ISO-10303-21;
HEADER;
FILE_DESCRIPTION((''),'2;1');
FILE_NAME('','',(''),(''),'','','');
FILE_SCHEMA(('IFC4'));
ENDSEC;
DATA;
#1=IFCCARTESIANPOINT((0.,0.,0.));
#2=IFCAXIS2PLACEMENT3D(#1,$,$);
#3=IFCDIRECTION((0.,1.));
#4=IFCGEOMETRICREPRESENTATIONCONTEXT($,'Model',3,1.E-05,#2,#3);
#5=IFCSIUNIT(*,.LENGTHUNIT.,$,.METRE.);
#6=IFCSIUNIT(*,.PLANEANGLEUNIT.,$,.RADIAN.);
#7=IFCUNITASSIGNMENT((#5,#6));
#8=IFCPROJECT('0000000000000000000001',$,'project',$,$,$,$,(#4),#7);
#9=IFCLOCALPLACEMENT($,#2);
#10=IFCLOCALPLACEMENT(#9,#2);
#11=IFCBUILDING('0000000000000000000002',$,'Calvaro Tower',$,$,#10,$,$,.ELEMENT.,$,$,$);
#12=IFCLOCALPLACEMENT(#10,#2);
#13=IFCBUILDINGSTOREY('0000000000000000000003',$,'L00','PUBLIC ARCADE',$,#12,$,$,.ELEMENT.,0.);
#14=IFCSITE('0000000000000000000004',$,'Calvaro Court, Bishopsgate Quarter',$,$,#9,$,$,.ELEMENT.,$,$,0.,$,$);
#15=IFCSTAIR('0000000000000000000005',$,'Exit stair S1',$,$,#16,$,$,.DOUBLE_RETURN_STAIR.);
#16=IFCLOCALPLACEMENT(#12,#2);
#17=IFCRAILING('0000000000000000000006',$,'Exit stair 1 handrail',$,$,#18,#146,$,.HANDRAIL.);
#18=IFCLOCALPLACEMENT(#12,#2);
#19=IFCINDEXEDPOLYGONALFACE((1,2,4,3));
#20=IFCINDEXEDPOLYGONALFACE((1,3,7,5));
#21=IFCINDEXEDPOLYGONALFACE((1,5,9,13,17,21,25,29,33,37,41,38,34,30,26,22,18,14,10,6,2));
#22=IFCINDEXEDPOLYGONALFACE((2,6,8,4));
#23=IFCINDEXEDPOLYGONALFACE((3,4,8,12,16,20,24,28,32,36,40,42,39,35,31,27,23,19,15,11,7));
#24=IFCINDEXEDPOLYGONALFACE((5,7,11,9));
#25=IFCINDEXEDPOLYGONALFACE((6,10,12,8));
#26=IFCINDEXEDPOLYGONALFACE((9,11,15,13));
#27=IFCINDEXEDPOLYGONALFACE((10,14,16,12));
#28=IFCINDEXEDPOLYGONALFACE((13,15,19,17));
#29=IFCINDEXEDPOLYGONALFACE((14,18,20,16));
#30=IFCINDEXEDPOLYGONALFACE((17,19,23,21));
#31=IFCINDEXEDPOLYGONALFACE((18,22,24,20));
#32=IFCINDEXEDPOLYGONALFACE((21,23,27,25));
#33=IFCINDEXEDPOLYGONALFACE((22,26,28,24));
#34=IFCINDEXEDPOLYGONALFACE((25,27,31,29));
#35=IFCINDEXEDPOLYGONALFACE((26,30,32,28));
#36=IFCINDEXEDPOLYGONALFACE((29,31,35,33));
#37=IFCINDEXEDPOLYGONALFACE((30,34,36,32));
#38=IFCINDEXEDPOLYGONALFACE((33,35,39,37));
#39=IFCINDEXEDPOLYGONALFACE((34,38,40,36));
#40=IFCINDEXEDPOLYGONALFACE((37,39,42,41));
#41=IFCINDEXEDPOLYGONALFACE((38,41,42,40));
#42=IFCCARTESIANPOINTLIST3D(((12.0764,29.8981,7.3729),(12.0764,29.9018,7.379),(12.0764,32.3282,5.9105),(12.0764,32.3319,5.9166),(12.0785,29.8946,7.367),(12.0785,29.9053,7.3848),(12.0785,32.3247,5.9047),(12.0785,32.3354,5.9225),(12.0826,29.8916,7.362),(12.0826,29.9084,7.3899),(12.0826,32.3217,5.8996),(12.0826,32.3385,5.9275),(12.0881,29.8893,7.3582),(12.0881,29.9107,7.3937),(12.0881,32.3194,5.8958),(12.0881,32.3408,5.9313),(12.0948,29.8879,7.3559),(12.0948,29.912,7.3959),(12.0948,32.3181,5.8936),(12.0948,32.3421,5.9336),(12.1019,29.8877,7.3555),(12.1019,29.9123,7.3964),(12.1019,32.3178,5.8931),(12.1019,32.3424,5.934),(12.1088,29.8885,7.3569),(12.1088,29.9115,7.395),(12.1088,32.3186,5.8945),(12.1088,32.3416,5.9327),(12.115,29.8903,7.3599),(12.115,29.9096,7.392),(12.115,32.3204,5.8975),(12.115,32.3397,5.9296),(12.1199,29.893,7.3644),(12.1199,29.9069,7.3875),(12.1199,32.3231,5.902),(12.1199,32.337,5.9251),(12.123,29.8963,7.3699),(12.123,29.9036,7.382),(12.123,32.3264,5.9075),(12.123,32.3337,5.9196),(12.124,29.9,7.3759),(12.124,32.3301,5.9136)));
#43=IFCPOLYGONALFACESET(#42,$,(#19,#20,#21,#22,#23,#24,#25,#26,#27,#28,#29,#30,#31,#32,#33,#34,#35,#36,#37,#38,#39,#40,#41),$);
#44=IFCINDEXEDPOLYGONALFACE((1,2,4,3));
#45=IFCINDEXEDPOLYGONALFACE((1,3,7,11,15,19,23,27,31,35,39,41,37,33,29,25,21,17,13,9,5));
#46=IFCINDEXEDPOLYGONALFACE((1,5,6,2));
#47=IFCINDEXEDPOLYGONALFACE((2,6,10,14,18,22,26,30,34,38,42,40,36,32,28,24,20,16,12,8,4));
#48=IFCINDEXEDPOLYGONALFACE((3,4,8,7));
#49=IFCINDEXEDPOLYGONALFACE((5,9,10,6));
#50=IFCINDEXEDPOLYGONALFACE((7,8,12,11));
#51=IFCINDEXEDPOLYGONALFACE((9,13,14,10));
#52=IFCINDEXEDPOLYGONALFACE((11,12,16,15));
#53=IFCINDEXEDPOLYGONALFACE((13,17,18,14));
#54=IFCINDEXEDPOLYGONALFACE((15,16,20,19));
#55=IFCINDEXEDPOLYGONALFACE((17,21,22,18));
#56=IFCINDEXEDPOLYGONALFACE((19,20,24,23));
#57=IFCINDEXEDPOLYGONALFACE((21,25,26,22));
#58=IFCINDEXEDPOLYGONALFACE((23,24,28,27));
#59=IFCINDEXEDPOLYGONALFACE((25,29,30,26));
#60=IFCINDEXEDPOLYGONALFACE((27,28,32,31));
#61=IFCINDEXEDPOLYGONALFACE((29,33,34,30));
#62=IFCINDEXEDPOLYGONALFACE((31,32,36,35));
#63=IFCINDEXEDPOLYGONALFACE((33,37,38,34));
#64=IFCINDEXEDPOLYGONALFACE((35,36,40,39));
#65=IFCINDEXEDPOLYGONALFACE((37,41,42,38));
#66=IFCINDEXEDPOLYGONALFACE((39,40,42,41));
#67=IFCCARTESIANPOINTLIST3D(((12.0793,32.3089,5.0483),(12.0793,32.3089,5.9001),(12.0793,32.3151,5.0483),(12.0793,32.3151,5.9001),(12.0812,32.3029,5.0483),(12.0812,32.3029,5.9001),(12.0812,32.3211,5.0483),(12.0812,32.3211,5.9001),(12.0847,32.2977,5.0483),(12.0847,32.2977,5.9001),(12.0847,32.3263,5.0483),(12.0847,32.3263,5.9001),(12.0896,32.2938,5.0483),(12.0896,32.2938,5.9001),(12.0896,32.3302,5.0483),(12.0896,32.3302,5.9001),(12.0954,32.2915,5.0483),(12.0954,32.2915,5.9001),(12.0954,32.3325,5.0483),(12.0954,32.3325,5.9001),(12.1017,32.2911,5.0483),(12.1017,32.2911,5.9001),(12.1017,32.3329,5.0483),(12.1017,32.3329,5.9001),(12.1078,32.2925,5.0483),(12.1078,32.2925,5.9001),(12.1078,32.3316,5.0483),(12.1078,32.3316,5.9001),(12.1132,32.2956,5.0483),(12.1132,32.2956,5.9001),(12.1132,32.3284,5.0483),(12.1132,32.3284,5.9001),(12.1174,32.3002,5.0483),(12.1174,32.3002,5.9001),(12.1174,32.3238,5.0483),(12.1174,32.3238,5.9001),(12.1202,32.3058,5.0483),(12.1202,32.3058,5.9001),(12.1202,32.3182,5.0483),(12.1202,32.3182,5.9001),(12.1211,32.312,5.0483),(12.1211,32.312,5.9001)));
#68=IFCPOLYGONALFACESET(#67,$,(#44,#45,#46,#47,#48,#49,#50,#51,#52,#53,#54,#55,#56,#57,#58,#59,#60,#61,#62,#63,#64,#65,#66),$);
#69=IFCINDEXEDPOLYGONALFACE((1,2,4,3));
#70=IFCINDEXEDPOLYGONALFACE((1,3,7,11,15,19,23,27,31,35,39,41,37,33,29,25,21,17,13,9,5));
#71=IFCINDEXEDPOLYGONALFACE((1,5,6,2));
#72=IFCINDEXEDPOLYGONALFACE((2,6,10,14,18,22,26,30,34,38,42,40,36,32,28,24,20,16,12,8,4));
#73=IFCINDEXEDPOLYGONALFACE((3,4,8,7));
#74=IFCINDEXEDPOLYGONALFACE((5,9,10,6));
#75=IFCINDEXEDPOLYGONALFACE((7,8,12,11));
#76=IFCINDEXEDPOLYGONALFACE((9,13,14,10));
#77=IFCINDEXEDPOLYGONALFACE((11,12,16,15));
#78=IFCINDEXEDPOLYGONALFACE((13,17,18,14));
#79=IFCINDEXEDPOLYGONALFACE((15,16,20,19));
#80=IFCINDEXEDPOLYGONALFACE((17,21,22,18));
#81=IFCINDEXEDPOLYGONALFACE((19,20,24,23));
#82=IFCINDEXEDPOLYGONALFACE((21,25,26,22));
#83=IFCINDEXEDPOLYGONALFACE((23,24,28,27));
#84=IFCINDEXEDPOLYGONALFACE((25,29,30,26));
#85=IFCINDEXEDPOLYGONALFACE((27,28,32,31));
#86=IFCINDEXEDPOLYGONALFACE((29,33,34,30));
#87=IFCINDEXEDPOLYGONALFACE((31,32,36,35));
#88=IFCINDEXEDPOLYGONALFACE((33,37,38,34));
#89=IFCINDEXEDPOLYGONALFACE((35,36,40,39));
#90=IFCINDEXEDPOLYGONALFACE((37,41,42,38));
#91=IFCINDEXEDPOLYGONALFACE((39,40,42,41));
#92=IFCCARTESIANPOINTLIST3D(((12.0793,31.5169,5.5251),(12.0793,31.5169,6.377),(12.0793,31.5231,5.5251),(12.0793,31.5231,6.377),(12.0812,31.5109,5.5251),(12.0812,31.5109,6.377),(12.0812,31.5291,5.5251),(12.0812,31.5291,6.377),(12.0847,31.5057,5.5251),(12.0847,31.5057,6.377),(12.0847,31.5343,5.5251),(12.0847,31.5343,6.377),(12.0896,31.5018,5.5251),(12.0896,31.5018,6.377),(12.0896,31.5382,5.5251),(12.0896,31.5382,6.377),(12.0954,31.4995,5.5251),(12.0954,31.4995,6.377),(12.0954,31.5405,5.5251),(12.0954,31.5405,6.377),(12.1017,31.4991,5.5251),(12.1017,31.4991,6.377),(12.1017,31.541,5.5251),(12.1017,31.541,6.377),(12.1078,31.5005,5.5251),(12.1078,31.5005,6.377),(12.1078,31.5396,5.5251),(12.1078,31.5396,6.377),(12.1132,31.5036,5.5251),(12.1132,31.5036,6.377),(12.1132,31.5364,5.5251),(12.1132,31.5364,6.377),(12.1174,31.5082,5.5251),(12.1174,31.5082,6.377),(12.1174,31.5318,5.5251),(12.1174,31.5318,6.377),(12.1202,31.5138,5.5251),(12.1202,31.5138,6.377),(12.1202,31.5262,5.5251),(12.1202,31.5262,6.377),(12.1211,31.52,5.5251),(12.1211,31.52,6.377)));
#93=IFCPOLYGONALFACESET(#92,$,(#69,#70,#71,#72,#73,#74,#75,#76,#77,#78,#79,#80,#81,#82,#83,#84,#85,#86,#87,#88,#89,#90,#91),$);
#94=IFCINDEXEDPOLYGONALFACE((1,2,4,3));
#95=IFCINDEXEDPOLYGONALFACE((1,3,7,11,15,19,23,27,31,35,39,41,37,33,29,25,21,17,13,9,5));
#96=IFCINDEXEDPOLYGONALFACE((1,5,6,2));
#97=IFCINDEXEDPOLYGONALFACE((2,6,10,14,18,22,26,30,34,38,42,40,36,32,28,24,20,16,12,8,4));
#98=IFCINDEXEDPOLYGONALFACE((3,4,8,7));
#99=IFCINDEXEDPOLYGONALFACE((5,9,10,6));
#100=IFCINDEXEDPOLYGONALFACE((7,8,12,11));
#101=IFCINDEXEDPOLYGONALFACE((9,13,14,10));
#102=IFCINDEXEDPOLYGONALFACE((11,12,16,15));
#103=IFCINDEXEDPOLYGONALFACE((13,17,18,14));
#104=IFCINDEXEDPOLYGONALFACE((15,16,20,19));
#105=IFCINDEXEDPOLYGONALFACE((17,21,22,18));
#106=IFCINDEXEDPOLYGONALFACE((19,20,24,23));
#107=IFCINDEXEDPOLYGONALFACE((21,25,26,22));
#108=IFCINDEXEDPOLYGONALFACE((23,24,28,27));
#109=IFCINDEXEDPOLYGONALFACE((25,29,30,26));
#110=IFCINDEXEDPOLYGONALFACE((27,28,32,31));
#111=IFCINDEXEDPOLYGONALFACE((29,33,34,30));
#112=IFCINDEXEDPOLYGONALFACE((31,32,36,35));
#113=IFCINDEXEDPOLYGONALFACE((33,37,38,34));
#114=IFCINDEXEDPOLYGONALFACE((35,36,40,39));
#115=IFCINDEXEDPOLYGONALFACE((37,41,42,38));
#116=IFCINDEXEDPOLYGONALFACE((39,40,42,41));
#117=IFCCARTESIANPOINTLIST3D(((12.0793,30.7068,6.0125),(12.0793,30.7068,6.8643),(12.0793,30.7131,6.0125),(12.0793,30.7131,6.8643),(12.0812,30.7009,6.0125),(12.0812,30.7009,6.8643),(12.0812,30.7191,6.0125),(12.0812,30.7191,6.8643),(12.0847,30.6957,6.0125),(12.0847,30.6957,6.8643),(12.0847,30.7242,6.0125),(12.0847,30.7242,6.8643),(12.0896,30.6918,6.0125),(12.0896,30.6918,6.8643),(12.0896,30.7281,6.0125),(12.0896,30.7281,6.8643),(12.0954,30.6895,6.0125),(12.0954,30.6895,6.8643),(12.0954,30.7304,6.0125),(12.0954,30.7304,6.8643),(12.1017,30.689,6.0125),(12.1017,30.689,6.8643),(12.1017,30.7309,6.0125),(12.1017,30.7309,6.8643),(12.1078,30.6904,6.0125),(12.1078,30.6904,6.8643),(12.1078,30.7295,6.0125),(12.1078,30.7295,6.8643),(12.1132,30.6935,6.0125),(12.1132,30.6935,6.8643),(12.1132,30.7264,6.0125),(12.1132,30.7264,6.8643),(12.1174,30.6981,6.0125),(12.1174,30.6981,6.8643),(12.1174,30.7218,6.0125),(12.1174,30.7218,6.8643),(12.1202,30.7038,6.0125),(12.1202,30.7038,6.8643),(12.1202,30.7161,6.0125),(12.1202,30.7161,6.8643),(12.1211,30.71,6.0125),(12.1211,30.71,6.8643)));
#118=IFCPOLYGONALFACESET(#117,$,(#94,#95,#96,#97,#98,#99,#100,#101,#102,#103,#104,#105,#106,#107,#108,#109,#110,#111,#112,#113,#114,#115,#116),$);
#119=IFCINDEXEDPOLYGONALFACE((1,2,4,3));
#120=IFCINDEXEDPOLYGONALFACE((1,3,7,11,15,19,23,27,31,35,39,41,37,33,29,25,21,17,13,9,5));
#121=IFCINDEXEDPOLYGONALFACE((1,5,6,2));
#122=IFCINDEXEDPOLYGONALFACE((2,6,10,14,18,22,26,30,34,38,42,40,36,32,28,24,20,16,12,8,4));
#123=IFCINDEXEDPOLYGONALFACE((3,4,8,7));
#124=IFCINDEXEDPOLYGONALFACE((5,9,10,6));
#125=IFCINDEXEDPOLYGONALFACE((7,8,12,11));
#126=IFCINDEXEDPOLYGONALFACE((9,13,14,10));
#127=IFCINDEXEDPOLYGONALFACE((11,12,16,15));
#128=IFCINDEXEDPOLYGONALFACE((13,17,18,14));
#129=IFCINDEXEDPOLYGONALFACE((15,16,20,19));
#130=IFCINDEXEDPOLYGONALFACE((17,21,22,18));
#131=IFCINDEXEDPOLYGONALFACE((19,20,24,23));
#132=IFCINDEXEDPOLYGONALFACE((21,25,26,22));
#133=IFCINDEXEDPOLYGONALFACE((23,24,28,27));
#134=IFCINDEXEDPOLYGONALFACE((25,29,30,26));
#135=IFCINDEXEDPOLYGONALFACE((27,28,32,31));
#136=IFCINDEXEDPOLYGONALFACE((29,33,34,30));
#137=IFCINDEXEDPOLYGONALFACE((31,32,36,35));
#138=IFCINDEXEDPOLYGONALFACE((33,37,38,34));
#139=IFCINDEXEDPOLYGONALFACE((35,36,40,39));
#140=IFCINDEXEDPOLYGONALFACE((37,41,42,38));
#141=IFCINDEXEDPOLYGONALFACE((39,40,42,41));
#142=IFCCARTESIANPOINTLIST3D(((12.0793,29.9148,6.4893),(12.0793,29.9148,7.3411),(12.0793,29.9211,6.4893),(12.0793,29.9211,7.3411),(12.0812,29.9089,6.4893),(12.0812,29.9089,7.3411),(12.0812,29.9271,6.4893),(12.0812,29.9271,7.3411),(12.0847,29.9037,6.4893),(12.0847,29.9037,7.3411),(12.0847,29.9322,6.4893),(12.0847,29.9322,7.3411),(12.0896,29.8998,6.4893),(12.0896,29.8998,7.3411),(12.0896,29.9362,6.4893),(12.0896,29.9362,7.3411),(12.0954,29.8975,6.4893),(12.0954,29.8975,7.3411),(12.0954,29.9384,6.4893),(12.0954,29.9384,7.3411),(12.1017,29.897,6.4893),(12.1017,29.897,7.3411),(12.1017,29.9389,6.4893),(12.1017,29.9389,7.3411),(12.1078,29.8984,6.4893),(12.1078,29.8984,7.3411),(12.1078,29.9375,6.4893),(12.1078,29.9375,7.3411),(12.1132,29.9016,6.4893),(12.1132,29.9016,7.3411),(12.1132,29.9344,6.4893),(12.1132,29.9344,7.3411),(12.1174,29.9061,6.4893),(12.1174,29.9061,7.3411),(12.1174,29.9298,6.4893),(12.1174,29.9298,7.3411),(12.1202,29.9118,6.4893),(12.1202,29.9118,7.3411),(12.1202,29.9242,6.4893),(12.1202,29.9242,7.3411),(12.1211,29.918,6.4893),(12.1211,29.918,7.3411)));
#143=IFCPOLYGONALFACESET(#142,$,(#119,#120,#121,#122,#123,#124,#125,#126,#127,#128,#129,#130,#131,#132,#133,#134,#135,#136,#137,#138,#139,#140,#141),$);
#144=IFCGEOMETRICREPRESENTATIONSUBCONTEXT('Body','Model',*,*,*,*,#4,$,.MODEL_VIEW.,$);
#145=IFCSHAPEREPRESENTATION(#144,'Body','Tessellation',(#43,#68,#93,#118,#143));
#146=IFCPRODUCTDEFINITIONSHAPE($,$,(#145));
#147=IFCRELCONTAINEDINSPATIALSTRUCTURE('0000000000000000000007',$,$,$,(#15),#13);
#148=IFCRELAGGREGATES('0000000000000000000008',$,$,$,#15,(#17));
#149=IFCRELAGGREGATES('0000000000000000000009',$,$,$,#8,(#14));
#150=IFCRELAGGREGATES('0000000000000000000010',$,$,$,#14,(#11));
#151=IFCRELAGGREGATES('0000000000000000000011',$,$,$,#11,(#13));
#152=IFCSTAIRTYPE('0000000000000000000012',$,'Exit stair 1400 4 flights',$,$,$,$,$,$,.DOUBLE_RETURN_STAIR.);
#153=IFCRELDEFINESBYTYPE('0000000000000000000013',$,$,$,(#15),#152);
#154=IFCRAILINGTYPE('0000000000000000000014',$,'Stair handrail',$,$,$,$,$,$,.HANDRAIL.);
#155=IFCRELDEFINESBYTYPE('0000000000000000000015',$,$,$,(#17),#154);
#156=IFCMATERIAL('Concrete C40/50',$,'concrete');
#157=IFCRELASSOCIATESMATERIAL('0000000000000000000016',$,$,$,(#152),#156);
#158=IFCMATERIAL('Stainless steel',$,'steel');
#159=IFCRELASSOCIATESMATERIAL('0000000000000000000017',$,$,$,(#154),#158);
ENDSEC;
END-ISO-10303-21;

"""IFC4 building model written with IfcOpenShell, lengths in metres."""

from ifc_helpers import new_model, si_unit, direction, frame, origin, origin_2d, place, context, subcontext, project, spatial, circle, extrude, material, type_object, element, aggregate, save


model = new_model("IFC4")

# Units and contexts
model_context = context("Model", 3, precision=1e-05, world=origin(), true_north=direction((0.0, 1.0)))
body_context = subcontext(model_context, "Body", "Model", "MODEL_VIEW")
ifc_project = project(units=[si_unit("LENGTHUNIT", "METRE"), si_unit("PLANEANGLEUNIT", "RADIAN")], contexts=[model_context])

# Site, building, storey
site_placement = place(None, origin())
site = spatial("IfcSite", under=ifc_project, at=site_placement, Name="Calvaro Court, Bishopsgate Quarter", CompositionType="ELEMENT", RefElevation=0.0)
building_placement = place(site_placement, origin())
building = spatial("IfcBuilding", under=site, at=building_placement, Name="Calvaro Tower", CompositionType="ELEMENT")
storey_placement = place(building_placement, origin())
storey = spatial("IfcBuildingStorey", under=building, at=storey_placement, Name="L00", Description="PUBLIC ARCADE", CompositionType="ELEMENT", Elevation=0.0)

# Stair, railing
ifc_material_1 = material(Name="Concrete C40/50", Category="concrete")
stair_type = type_object("IfcStairType", Name="Exit stair 1400 4 flights", PredefinedType="DOUBLE_RETURN_STAIR", material=ifc_material_1)
stair_placement = place(storey_placement, origin())
stair = element("IfcStair", 1, at=stair_placement, inside=storey, type_object=stair_type, Name="Exit stair S1", PredefinedType="DOUBLE_RETURN_STAIR")
ifc_material_2 = material(Name="Stainless steel", Category="steel")
railing_type = type_object("IfcRailingType", Name="Stair handrail", PredefinedType="HANDRAIL", material=ifc_material_2)
railing_1_placement = place(storey_placement, frame((12.1001, 32.3301, 5.0376)))
railing_1 = element("IfcRailing", 2, at=railing_1_placement, type_object=railing_type, Name="Exit stair 1 handrail", PredefinedType="HANDRAIL", context=body_context, shape_type="SweptSolid", body=[
    extrude(circle(Radius=0.0239, at=origin_2d()), frame((0.0, 0.0, 0.876), z_axis=(0.0, -0.856824, 0.515609), x_axis=(1.0, 0.0, 0.0)), (0.0, 0.0, 1.0), 2.8362),
    extrude(circle(Radius=0.021, at=origin_2d()), frame((0.0, -0.0181, 0.0107)), (0.0, 0.0, 1.0), 0.8518),
    extrude(circle(Radius=0.021, at=origin_2d()), frame((0.0, -0.8101, 0.4875)), (0.0, 0.0, 1.0), 0.8518),
    extrude(circle(Radius=0.021, at=origin_2d()), frame((0.0, -1.6201, 0.9749)), (0.0, 0.0, 1.0), 0.8518),
    extrude(circle(Radius=0.021, at=origin_2d()), frame((0.0, -2.4121, 1.4517)), (0.0, 0.0, 1.0), 0.8518),
])
aggregate(stair, [railing_1])

save(model, "model.ifc")
